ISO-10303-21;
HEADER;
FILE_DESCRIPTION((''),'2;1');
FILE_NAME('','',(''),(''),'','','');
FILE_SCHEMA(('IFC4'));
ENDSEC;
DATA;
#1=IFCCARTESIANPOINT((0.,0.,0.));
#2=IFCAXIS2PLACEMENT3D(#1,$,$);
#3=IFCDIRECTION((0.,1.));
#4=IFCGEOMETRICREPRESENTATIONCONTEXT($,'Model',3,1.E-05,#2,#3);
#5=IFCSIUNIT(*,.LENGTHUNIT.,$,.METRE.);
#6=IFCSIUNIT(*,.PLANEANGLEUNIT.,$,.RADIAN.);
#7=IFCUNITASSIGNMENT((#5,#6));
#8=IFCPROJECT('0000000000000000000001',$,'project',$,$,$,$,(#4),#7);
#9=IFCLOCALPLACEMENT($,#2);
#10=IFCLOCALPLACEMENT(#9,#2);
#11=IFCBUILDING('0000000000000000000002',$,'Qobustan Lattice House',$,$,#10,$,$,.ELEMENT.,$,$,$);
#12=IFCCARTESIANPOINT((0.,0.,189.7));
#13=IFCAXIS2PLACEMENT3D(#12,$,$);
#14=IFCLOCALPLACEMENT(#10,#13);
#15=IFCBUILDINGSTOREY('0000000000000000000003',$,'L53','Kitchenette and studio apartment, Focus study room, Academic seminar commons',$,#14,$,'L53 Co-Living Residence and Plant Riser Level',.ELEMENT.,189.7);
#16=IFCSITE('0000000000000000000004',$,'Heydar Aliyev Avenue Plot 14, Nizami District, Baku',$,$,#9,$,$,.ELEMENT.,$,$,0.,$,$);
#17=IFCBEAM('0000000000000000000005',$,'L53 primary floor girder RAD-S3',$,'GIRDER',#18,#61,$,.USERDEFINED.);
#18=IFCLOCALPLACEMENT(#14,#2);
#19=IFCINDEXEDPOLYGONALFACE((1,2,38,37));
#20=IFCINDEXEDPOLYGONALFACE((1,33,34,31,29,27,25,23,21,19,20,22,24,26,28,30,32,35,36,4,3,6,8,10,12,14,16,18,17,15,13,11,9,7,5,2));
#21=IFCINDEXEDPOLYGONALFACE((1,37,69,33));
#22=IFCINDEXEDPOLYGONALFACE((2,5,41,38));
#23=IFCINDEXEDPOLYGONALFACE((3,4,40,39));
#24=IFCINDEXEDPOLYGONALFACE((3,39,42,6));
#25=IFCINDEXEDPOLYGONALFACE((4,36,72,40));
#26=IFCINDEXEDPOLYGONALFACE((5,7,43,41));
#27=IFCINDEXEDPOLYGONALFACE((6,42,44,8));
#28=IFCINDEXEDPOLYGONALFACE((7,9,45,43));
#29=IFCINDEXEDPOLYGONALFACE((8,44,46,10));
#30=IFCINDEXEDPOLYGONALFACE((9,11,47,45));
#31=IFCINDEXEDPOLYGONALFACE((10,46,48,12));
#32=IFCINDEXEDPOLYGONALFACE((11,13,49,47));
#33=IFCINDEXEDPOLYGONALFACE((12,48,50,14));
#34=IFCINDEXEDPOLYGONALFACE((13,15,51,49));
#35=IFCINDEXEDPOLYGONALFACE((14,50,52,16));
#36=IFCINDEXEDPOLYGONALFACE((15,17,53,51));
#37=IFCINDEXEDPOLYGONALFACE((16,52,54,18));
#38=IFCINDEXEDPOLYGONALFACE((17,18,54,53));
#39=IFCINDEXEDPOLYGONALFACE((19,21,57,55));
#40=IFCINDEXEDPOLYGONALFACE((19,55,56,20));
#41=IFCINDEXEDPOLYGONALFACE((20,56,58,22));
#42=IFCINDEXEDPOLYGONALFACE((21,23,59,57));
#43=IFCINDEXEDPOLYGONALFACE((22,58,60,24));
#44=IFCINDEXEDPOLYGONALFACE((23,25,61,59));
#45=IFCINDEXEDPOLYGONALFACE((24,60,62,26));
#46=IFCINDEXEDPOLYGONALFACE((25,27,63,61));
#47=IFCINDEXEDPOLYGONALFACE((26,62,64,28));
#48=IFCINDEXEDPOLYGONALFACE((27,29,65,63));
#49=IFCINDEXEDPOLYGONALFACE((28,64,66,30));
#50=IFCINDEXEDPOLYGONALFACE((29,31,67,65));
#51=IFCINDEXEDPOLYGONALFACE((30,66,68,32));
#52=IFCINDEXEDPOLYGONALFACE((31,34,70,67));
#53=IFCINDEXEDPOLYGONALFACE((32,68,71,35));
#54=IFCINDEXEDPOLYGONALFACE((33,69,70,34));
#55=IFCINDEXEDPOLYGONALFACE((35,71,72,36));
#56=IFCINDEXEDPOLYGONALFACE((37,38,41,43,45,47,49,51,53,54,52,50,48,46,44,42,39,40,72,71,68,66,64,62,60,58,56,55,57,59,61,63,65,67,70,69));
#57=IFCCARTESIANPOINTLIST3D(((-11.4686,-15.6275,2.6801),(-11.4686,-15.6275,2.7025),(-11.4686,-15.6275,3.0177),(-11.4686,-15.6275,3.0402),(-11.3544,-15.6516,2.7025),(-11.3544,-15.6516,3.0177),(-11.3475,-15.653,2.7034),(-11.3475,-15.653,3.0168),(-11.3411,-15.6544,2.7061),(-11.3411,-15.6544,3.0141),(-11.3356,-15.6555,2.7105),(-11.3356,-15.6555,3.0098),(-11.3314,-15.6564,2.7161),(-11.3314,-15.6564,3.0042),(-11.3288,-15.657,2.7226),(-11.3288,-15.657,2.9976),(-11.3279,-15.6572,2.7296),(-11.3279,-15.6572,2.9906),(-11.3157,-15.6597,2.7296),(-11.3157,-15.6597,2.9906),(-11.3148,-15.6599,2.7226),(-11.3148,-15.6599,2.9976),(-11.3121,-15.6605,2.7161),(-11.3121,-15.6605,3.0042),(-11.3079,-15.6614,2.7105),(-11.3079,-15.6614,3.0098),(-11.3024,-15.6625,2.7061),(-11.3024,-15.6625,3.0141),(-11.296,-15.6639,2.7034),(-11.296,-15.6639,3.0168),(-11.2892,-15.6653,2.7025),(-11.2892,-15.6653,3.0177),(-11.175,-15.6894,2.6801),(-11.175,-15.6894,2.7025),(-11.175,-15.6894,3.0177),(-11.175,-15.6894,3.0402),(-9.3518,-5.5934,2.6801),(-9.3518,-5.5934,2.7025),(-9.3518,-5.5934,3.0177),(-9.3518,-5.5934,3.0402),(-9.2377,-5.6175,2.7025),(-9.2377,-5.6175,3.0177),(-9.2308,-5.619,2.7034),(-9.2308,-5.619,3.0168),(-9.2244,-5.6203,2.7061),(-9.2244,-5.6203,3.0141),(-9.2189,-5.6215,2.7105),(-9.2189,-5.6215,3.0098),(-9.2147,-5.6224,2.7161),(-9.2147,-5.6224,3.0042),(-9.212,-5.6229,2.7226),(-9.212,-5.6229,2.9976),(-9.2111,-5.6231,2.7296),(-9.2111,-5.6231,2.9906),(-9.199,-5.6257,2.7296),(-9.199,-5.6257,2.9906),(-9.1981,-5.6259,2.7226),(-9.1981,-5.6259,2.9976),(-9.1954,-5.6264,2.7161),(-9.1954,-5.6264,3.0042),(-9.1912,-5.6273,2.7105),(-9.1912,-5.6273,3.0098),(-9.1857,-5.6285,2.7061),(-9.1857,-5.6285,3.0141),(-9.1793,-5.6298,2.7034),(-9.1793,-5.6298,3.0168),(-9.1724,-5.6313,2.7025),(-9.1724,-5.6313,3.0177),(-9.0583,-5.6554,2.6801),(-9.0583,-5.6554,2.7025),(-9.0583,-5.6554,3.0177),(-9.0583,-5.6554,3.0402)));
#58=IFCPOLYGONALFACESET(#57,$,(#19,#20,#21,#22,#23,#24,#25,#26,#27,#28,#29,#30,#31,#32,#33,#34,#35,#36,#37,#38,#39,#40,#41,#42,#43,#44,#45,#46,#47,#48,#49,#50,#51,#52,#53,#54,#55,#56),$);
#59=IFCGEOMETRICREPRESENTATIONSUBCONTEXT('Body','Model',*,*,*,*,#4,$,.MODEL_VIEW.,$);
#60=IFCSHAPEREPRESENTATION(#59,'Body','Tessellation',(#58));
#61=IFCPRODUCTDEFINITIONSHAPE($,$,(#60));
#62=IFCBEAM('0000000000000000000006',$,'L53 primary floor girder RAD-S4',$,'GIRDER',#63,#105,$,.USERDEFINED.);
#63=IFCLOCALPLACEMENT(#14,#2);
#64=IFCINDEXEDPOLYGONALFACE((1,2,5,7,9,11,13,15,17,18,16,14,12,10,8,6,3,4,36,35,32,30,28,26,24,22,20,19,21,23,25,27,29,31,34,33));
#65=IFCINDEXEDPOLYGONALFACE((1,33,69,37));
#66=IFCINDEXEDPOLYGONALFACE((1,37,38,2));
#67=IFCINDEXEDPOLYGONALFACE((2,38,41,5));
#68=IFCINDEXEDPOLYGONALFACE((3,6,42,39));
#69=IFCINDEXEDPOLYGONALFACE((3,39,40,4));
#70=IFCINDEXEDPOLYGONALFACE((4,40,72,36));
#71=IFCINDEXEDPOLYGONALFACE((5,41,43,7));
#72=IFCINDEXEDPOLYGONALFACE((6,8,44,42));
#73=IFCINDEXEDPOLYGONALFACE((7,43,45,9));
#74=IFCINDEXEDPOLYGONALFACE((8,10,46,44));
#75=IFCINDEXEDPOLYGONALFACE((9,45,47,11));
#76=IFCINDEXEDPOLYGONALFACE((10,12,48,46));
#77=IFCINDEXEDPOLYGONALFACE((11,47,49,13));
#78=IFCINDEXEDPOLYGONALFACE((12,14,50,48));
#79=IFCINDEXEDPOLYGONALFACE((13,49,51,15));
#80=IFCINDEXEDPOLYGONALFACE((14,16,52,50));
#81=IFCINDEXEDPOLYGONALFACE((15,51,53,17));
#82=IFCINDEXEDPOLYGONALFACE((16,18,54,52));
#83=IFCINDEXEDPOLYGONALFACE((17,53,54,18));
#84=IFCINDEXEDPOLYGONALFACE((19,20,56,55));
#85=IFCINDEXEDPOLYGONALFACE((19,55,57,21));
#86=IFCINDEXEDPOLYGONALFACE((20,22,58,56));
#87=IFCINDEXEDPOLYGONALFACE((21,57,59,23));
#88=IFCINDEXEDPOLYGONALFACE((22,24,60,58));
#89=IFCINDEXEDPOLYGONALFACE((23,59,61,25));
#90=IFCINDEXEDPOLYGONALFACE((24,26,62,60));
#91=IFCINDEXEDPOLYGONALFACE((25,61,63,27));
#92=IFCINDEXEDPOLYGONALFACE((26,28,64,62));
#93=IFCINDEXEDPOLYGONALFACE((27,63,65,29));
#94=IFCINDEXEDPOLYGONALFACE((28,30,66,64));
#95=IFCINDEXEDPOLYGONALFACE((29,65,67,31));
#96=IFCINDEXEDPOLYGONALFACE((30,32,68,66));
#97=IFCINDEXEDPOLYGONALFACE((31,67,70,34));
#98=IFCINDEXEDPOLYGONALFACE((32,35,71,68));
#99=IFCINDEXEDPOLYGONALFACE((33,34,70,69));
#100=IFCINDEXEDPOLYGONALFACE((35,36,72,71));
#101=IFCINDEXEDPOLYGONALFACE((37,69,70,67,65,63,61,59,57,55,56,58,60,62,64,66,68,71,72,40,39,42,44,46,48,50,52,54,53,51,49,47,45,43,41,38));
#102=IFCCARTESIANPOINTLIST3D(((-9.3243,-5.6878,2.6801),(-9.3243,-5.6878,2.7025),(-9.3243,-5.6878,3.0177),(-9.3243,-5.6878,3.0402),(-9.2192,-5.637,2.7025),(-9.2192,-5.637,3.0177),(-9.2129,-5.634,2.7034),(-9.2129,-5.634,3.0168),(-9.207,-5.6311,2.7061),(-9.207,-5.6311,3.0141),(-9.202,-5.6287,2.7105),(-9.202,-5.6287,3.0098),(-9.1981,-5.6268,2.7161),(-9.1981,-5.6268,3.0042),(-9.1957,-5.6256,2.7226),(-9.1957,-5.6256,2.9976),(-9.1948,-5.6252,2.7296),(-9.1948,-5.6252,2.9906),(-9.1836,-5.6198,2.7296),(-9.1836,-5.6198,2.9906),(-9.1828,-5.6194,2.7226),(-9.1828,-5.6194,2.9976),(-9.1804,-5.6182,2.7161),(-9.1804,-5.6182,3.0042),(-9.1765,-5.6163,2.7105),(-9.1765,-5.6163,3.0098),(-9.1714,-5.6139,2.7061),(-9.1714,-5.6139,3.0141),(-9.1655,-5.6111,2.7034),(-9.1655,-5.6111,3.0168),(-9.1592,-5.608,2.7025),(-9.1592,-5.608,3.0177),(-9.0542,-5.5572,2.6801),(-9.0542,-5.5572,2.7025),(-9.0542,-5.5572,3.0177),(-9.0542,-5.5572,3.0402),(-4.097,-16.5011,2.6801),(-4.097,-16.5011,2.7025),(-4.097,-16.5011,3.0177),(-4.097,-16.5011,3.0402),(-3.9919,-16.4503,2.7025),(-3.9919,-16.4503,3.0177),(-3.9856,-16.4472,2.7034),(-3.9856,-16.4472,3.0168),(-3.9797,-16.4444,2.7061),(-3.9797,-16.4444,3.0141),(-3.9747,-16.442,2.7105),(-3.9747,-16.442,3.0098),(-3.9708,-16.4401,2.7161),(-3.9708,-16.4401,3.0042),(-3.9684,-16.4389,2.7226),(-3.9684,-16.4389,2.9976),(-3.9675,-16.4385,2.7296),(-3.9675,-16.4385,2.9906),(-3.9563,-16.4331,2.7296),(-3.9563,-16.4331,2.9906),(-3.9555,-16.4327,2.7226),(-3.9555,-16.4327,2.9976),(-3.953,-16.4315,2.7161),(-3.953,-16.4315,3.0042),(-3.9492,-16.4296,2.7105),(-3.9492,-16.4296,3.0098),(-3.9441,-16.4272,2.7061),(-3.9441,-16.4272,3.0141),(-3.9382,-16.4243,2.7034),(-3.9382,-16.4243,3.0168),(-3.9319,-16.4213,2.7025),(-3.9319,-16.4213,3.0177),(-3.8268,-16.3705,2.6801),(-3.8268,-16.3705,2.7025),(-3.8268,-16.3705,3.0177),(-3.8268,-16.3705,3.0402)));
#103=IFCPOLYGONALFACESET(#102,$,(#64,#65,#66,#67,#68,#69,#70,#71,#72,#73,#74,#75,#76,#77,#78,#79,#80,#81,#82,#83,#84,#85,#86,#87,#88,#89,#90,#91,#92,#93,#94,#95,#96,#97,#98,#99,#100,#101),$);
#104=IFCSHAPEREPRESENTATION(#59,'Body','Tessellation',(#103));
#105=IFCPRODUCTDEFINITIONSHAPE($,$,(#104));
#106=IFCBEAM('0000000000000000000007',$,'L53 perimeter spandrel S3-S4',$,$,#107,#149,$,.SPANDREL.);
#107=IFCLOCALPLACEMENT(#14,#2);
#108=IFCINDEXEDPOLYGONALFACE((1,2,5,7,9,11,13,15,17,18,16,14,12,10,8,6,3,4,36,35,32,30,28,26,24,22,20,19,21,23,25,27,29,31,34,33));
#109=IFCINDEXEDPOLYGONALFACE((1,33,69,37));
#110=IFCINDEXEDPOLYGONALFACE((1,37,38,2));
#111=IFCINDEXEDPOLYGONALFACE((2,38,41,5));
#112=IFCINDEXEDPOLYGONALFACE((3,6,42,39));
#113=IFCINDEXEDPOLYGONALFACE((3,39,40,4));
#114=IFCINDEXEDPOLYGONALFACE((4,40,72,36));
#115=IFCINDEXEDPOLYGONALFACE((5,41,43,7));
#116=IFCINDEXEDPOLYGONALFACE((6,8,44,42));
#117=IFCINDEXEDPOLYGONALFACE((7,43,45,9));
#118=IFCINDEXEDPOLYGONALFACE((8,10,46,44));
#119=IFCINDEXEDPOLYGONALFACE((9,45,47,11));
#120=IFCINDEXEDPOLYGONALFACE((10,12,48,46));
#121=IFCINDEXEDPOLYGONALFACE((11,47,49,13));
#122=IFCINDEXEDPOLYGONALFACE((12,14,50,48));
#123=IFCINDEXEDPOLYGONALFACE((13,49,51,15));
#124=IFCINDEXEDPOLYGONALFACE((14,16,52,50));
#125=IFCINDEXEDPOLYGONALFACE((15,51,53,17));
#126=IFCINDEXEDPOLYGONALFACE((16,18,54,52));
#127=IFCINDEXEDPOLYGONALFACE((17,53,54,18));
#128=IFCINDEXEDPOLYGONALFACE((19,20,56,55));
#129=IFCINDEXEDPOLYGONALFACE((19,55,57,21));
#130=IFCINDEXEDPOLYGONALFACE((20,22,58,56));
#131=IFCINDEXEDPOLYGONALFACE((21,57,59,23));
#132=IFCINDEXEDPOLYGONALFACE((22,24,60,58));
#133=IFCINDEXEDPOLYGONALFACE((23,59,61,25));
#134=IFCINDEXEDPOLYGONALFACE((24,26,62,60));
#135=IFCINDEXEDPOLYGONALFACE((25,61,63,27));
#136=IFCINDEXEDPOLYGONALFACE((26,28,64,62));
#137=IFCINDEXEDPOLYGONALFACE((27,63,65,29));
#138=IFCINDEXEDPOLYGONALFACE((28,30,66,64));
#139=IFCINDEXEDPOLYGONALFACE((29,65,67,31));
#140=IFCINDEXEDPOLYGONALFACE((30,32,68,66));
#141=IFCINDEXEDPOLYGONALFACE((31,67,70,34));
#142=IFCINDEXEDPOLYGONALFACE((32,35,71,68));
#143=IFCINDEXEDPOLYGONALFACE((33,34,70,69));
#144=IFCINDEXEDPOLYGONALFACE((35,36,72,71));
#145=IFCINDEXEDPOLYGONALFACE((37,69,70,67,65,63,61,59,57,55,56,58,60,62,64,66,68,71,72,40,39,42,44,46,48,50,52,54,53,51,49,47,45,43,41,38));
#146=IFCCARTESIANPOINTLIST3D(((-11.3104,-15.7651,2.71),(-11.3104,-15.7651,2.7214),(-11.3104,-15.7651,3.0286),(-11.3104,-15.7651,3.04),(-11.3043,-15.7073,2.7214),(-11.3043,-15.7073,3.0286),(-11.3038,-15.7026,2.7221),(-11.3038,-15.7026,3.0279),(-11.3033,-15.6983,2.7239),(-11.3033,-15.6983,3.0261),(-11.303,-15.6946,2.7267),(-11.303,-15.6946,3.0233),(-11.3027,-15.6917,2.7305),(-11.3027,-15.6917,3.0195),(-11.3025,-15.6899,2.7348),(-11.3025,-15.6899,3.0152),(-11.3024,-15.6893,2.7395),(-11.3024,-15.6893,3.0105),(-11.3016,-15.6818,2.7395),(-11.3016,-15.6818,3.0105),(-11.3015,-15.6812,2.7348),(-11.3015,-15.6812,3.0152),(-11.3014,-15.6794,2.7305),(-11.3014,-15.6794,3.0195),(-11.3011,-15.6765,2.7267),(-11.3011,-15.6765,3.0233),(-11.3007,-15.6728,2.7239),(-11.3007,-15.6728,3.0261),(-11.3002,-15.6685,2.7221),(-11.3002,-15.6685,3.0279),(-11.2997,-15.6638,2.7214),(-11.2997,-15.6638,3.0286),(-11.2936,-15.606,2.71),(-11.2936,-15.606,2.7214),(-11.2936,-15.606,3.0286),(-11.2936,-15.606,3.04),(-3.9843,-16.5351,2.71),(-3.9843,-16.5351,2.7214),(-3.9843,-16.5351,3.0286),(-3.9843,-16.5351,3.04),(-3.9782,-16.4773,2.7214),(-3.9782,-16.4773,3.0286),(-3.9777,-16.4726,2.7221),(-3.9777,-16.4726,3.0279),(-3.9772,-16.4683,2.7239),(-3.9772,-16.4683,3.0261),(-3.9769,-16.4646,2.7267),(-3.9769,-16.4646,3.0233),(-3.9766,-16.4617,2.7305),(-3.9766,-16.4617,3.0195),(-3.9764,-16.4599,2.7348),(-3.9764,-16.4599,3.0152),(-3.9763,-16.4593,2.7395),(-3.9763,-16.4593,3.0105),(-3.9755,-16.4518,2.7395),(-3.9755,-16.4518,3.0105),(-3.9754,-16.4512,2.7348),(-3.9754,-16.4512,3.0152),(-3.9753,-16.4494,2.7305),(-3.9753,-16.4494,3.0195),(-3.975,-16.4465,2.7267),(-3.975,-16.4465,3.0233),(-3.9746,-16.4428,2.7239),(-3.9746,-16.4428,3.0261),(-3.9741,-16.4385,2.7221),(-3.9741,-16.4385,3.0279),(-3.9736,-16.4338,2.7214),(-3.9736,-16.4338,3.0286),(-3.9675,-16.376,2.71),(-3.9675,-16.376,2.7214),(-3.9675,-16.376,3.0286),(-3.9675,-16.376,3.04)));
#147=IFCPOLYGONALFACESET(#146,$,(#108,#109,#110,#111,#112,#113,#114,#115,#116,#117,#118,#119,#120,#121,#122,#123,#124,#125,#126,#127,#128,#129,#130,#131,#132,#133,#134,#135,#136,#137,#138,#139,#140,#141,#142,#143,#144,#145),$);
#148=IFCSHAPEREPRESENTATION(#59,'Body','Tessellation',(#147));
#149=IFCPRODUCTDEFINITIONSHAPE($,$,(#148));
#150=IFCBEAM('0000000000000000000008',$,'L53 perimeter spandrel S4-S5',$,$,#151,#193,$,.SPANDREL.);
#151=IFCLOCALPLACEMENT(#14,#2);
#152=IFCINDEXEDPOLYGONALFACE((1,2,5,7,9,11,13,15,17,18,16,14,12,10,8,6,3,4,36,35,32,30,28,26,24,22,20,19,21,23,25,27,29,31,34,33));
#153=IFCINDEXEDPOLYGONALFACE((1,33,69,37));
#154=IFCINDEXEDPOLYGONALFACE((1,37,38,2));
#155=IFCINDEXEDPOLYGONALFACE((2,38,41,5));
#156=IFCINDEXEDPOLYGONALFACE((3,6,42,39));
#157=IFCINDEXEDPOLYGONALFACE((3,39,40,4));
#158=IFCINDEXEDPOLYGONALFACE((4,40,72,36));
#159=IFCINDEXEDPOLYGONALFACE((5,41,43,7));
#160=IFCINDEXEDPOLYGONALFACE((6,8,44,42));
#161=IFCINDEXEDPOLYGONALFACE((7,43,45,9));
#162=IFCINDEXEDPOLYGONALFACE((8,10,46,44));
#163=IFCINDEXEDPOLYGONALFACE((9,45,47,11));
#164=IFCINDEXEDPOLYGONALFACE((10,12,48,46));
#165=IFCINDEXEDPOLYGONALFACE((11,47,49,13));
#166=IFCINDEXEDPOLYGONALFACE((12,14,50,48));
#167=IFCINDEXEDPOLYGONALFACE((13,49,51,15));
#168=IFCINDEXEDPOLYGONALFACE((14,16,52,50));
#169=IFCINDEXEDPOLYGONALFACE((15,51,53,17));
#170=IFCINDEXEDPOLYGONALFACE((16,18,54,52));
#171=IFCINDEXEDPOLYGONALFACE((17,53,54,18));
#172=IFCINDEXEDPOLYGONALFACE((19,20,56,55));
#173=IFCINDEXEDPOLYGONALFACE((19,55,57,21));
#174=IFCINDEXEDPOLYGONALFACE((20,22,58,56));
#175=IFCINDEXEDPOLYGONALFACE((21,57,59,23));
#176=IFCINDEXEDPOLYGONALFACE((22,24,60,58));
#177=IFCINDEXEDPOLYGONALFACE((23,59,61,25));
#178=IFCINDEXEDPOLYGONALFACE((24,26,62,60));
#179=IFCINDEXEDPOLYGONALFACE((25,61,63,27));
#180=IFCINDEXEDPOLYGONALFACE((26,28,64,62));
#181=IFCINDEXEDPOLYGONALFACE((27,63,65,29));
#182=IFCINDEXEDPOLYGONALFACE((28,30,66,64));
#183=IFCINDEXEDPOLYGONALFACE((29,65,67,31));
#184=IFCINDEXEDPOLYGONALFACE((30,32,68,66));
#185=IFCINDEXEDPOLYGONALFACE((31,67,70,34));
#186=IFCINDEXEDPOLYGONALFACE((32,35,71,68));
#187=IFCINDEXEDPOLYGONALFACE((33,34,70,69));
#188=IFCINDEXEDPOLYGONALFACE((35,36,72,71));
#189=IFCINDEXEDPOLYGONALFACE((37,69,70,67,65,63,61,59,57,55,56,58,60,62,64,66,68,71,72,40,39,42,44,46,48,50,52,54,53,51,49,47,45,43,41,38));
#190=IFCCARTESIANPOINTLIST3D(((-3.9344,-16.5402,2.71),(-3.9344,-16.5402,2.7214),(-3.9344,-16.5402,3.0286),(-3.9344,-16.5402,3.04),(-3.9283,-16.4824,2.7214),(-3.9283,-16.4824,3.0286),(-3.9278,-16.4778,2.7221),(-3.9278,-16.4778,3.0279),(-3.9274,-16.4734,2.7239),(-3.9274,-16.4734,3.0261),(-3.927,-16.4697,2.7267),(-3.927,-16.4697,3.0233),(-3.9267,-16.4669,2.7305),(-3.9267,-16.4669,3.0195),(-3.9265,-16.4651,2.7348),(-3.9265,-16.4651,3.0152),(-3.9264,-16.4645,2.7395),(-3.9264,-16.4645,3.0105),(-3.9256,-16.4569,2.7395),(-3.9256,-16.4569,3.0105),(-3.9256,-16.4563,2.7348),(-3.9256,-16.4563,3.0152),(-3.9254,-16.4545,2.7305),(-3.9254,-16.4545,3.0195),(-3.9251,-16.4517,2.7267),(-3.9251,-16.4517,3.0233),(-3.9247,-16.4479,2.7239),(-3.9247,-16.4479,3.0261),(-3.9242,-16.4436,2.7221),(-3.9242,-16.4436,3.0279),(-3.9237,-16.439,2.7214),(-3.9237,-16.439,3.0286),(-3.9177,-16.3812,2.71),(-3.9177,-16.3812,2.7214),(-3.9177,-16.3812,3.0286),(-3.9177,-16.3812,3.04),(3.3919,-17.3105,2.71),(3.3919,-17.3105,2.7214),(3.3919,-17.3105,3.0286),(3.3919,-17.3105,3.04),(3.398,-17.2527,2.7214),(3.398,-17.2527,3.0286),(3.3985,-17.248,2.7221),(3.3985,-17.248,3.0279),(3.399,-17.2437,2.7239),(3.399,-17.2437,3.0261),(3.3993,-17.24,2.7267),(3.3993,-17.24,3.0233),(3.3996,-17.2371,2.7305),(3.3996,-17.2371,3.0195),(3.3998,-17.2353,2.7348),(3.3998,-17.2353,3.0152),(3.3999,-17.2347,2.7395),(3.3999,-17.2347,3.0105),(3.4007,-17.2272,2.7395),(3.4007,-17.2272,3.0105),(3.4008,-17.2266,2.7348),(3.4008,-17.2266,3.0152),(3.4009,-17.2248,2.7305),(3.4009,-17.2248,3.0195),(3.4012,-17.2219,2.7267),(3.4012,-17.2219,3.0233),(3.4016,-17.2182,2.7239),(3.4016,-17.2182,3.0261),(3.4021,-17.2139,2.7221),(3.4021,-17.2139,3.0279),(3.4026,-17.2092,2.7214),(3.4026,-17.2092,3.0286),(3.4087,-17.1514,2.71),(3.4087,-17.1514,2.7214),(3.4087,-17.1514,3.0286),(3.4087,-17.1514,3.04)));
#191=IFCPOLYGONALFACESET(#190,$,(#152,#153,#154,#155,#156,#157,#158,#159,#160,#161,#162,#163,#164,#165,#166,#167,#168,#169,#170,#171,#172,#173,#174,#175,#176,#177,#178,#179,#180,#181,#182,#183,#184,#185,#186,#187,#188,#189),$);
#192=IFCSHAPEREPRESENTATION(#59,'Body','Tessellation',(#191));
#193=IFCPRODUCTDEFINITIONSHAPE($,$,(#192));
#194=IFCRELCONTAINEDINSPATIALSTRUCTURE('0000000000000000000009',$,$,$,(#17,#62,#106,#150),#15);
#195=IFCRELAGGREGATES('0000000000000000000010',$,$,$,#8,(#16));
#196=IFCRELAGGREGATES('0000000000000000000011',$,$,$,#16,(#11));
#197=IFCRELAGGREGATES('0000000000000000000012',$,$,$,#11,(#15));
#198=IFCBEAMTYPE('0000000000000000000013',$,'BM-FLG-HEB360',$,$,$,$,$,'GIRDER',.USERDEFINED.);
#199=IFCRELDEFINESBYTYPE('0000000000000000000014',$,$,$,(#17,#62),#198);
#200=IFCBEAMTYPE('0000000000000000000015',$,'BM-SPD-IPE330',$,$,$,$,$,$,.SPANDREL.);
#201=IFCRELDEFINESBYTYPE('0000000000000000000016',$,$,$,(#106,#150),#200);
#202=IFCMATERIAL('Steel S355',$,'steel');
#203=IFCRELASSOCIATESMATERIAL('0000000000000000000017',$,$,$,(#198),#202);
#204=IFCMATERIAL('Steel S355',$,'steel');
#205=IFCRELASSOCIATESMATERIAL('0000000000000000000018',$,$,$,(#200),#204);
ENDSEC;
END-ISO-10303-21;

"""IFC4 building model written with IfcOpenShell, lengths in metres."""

from ifc_helpers import new_model, si_unit, direction, frame, origin, origin_2d, place, context, subcontext, project, spatial, i_section, extrude, material, material_profile, profile_set, type_object, element, save


model = new_model("IFC4")

# Units and contexts
model_context = context("Model", 3, precision=1e-05, world=origin(), true_north=direction((0.0, 1.0)))
body_context = subcontext(model_context, "Body", "Model", "MODEL_VIEW")
ifc_project = project(units=[si_unit("LENGTHUNIT", "METRE"), si_unit("PLANEANGLEUNIT", "RADIAN")], contexts=[model_context])

# Site, building, storey
site_placement = place(None, origin())
site = spatial("IfcSite", under=ifc_project, at=site_placement, Name="Heydar Aliyev Avenue Plot 14, Nizami District, Baku", CompositionType="ELEMENT", RefElevation=0.0)
building_placement = place(site_placement, origin())
building = spatial("IfcBuilding", under=site, at=building_placement, Name="Qobustan Lattice House", CompositionType="ELEMENT")
storey_placement = place(building_placement, frame((0.0, 0.0, 189.7)))
storey = spatial("IfcBuildingStorey", under=building, at=storey_placement, Name="L53", Description="Kitchenette and studio apartment, Focus study room, Academic seminar commons", LongName="L53 Co-Living Residence and Plant Riser Level", CompositionType="ELEMENT", Elevation=189.7)

# Beams
ifc_material_1 = material(Name="Steel S355", Category="steel")
ifc_material_profile_1 = material_profile(ifc_material_1, i_section(OverallWidth=0.3, OverallDepth=0.3601, WebThickness=0.0125, FlangeThickness=0.0225, FilletRadius=0.0271, at=origin_2d()), Name="HEB360")
ifc_profile_set_1 = profile_set([ifc_material_profile_1], Name="Steel S355")
beam_type_1 = type_object("IfcBeamType", Name="BM-FLG-HEB360", ElementType="GIRDER", PredefinedType="USERDEFINED", material=ifc_profile_set_1)
beam_1_placement = place(storey_placement, frame((-11.3218, -15.6584, 2.8601), z_axis=(0.206411, 0.978465, 0.0), x_axis=(-0.978465, 0.206411, 0.0)))
element("IfcBeam", 1, at=beam_1_placement, inside=storey, type_object=beam_type_1, Name="L53 primary floor girder RAD-S3", ObjectType="GIRDER", PredefinedType="USERDEFINED", context=body_context, shape_type="SweptSolid", body=[
    extrude(i_section(OverallWidth=0.3, OverallDepth=0.3601, WebThickness=0.0125, FlangeThickness=0.0225, FilletRadius=0.0271, at=origin_2d()), origin(), (0.0, 0.0, 1.0), 10.2549),
])
beam_2_placement = place(storey_placement, frame((-3.9619, -16.4358, 2.8601), z_axis=(-0.435229, 0.90032, 0.0), x_axis=(-0.90032, -0.435229, 0.0)))
element("IfcBeam", 2, at=beam_2_placement, inside=storey, type_object=beam_type_1, Name="L53 primary floor girder RAD-S4", ObjectType="GIRDER", PredefinedType="USERDEFINED", context=body_context, shape_type="SweptSolid", body=[
    extrude(i_section(OverallWidth=0.3, OverallDepth=0.3601, WebThickness=0.0125, FlangeThickness=0.0225, FilletRadius=0.0271, at=origin_2d()), origin(), (0.0, 0.0, 1.0), 12.0105),
])
ifc_material_2 = material(Name="Steel S355", Category="steel")
ifc_material_profile_2 = material_profile(ifc_material_2, i_section(OverallWidth=0.1599, OverallDepth=0.3301, WebThickness=0.0076, FlangeThickness=0.0115, FilletRadius=0.0181, at=origin_2d()), Name="IPE330")
ifc_profile_set_2 = profile_set([ifc_material_profile_2], Name="Steel S355")
beam_type_2 = type_object("IfcBeamType", Name="BM-SPD-IPE330", PredefinedType="SPANDREL", material=ifc_profile_set_2)
beam_3_placement = place(storey_placement, frame((-11.302, -15.6855, 2.875), z_axis=(0.994522, -0.10453, 0.0), x_axis=(0.10453, 0.994522, 0.0)))
element("IfcBeam", 3, at=beam_3_placement, inside=storey, type_object=beam_type_2, Name="L53 perimeter spandrel S3-S4", PredefinedType="SPANDREL", context=body_context, shape_type="SweptSolid", body=[
    extrude(i_section(OverallWidth=0.1599, OverallDepth=0.3301, WebThickness=0.0076, FlangeThickness=0.0115, FilletRadius=0.0181, at=origin_2d()), origin(), (0.0, 0.0, 1.0), 7.3665),
])
beam_4_placement = place(storey_placement, frame((-3.926, -16.4607, 2.875), z_axis=(0.994519, -0.104559, 0.0), x_axis=(0.104559, 0.994519, 0.0)))
element("IfcBeam", 4, at=beam_4_placement, inside=storey, type_object=beam_type_2, Name="L53 perimeter spandrel S4-S5", PredefinedType="SPANDREL", context=body_context, shape_type="SweptSolid", body=[
    extrude(i_section(OverallWidth=0.1599, OverallDepth=0.3301, WebThickness=0.0076, FlangeThickness=0.0115, FilletRadius=0.0181, at=origin_2d()), origin(), (0.0, 0.0, 1.0), 7.3667),
])

save(model, "model.ifc")
